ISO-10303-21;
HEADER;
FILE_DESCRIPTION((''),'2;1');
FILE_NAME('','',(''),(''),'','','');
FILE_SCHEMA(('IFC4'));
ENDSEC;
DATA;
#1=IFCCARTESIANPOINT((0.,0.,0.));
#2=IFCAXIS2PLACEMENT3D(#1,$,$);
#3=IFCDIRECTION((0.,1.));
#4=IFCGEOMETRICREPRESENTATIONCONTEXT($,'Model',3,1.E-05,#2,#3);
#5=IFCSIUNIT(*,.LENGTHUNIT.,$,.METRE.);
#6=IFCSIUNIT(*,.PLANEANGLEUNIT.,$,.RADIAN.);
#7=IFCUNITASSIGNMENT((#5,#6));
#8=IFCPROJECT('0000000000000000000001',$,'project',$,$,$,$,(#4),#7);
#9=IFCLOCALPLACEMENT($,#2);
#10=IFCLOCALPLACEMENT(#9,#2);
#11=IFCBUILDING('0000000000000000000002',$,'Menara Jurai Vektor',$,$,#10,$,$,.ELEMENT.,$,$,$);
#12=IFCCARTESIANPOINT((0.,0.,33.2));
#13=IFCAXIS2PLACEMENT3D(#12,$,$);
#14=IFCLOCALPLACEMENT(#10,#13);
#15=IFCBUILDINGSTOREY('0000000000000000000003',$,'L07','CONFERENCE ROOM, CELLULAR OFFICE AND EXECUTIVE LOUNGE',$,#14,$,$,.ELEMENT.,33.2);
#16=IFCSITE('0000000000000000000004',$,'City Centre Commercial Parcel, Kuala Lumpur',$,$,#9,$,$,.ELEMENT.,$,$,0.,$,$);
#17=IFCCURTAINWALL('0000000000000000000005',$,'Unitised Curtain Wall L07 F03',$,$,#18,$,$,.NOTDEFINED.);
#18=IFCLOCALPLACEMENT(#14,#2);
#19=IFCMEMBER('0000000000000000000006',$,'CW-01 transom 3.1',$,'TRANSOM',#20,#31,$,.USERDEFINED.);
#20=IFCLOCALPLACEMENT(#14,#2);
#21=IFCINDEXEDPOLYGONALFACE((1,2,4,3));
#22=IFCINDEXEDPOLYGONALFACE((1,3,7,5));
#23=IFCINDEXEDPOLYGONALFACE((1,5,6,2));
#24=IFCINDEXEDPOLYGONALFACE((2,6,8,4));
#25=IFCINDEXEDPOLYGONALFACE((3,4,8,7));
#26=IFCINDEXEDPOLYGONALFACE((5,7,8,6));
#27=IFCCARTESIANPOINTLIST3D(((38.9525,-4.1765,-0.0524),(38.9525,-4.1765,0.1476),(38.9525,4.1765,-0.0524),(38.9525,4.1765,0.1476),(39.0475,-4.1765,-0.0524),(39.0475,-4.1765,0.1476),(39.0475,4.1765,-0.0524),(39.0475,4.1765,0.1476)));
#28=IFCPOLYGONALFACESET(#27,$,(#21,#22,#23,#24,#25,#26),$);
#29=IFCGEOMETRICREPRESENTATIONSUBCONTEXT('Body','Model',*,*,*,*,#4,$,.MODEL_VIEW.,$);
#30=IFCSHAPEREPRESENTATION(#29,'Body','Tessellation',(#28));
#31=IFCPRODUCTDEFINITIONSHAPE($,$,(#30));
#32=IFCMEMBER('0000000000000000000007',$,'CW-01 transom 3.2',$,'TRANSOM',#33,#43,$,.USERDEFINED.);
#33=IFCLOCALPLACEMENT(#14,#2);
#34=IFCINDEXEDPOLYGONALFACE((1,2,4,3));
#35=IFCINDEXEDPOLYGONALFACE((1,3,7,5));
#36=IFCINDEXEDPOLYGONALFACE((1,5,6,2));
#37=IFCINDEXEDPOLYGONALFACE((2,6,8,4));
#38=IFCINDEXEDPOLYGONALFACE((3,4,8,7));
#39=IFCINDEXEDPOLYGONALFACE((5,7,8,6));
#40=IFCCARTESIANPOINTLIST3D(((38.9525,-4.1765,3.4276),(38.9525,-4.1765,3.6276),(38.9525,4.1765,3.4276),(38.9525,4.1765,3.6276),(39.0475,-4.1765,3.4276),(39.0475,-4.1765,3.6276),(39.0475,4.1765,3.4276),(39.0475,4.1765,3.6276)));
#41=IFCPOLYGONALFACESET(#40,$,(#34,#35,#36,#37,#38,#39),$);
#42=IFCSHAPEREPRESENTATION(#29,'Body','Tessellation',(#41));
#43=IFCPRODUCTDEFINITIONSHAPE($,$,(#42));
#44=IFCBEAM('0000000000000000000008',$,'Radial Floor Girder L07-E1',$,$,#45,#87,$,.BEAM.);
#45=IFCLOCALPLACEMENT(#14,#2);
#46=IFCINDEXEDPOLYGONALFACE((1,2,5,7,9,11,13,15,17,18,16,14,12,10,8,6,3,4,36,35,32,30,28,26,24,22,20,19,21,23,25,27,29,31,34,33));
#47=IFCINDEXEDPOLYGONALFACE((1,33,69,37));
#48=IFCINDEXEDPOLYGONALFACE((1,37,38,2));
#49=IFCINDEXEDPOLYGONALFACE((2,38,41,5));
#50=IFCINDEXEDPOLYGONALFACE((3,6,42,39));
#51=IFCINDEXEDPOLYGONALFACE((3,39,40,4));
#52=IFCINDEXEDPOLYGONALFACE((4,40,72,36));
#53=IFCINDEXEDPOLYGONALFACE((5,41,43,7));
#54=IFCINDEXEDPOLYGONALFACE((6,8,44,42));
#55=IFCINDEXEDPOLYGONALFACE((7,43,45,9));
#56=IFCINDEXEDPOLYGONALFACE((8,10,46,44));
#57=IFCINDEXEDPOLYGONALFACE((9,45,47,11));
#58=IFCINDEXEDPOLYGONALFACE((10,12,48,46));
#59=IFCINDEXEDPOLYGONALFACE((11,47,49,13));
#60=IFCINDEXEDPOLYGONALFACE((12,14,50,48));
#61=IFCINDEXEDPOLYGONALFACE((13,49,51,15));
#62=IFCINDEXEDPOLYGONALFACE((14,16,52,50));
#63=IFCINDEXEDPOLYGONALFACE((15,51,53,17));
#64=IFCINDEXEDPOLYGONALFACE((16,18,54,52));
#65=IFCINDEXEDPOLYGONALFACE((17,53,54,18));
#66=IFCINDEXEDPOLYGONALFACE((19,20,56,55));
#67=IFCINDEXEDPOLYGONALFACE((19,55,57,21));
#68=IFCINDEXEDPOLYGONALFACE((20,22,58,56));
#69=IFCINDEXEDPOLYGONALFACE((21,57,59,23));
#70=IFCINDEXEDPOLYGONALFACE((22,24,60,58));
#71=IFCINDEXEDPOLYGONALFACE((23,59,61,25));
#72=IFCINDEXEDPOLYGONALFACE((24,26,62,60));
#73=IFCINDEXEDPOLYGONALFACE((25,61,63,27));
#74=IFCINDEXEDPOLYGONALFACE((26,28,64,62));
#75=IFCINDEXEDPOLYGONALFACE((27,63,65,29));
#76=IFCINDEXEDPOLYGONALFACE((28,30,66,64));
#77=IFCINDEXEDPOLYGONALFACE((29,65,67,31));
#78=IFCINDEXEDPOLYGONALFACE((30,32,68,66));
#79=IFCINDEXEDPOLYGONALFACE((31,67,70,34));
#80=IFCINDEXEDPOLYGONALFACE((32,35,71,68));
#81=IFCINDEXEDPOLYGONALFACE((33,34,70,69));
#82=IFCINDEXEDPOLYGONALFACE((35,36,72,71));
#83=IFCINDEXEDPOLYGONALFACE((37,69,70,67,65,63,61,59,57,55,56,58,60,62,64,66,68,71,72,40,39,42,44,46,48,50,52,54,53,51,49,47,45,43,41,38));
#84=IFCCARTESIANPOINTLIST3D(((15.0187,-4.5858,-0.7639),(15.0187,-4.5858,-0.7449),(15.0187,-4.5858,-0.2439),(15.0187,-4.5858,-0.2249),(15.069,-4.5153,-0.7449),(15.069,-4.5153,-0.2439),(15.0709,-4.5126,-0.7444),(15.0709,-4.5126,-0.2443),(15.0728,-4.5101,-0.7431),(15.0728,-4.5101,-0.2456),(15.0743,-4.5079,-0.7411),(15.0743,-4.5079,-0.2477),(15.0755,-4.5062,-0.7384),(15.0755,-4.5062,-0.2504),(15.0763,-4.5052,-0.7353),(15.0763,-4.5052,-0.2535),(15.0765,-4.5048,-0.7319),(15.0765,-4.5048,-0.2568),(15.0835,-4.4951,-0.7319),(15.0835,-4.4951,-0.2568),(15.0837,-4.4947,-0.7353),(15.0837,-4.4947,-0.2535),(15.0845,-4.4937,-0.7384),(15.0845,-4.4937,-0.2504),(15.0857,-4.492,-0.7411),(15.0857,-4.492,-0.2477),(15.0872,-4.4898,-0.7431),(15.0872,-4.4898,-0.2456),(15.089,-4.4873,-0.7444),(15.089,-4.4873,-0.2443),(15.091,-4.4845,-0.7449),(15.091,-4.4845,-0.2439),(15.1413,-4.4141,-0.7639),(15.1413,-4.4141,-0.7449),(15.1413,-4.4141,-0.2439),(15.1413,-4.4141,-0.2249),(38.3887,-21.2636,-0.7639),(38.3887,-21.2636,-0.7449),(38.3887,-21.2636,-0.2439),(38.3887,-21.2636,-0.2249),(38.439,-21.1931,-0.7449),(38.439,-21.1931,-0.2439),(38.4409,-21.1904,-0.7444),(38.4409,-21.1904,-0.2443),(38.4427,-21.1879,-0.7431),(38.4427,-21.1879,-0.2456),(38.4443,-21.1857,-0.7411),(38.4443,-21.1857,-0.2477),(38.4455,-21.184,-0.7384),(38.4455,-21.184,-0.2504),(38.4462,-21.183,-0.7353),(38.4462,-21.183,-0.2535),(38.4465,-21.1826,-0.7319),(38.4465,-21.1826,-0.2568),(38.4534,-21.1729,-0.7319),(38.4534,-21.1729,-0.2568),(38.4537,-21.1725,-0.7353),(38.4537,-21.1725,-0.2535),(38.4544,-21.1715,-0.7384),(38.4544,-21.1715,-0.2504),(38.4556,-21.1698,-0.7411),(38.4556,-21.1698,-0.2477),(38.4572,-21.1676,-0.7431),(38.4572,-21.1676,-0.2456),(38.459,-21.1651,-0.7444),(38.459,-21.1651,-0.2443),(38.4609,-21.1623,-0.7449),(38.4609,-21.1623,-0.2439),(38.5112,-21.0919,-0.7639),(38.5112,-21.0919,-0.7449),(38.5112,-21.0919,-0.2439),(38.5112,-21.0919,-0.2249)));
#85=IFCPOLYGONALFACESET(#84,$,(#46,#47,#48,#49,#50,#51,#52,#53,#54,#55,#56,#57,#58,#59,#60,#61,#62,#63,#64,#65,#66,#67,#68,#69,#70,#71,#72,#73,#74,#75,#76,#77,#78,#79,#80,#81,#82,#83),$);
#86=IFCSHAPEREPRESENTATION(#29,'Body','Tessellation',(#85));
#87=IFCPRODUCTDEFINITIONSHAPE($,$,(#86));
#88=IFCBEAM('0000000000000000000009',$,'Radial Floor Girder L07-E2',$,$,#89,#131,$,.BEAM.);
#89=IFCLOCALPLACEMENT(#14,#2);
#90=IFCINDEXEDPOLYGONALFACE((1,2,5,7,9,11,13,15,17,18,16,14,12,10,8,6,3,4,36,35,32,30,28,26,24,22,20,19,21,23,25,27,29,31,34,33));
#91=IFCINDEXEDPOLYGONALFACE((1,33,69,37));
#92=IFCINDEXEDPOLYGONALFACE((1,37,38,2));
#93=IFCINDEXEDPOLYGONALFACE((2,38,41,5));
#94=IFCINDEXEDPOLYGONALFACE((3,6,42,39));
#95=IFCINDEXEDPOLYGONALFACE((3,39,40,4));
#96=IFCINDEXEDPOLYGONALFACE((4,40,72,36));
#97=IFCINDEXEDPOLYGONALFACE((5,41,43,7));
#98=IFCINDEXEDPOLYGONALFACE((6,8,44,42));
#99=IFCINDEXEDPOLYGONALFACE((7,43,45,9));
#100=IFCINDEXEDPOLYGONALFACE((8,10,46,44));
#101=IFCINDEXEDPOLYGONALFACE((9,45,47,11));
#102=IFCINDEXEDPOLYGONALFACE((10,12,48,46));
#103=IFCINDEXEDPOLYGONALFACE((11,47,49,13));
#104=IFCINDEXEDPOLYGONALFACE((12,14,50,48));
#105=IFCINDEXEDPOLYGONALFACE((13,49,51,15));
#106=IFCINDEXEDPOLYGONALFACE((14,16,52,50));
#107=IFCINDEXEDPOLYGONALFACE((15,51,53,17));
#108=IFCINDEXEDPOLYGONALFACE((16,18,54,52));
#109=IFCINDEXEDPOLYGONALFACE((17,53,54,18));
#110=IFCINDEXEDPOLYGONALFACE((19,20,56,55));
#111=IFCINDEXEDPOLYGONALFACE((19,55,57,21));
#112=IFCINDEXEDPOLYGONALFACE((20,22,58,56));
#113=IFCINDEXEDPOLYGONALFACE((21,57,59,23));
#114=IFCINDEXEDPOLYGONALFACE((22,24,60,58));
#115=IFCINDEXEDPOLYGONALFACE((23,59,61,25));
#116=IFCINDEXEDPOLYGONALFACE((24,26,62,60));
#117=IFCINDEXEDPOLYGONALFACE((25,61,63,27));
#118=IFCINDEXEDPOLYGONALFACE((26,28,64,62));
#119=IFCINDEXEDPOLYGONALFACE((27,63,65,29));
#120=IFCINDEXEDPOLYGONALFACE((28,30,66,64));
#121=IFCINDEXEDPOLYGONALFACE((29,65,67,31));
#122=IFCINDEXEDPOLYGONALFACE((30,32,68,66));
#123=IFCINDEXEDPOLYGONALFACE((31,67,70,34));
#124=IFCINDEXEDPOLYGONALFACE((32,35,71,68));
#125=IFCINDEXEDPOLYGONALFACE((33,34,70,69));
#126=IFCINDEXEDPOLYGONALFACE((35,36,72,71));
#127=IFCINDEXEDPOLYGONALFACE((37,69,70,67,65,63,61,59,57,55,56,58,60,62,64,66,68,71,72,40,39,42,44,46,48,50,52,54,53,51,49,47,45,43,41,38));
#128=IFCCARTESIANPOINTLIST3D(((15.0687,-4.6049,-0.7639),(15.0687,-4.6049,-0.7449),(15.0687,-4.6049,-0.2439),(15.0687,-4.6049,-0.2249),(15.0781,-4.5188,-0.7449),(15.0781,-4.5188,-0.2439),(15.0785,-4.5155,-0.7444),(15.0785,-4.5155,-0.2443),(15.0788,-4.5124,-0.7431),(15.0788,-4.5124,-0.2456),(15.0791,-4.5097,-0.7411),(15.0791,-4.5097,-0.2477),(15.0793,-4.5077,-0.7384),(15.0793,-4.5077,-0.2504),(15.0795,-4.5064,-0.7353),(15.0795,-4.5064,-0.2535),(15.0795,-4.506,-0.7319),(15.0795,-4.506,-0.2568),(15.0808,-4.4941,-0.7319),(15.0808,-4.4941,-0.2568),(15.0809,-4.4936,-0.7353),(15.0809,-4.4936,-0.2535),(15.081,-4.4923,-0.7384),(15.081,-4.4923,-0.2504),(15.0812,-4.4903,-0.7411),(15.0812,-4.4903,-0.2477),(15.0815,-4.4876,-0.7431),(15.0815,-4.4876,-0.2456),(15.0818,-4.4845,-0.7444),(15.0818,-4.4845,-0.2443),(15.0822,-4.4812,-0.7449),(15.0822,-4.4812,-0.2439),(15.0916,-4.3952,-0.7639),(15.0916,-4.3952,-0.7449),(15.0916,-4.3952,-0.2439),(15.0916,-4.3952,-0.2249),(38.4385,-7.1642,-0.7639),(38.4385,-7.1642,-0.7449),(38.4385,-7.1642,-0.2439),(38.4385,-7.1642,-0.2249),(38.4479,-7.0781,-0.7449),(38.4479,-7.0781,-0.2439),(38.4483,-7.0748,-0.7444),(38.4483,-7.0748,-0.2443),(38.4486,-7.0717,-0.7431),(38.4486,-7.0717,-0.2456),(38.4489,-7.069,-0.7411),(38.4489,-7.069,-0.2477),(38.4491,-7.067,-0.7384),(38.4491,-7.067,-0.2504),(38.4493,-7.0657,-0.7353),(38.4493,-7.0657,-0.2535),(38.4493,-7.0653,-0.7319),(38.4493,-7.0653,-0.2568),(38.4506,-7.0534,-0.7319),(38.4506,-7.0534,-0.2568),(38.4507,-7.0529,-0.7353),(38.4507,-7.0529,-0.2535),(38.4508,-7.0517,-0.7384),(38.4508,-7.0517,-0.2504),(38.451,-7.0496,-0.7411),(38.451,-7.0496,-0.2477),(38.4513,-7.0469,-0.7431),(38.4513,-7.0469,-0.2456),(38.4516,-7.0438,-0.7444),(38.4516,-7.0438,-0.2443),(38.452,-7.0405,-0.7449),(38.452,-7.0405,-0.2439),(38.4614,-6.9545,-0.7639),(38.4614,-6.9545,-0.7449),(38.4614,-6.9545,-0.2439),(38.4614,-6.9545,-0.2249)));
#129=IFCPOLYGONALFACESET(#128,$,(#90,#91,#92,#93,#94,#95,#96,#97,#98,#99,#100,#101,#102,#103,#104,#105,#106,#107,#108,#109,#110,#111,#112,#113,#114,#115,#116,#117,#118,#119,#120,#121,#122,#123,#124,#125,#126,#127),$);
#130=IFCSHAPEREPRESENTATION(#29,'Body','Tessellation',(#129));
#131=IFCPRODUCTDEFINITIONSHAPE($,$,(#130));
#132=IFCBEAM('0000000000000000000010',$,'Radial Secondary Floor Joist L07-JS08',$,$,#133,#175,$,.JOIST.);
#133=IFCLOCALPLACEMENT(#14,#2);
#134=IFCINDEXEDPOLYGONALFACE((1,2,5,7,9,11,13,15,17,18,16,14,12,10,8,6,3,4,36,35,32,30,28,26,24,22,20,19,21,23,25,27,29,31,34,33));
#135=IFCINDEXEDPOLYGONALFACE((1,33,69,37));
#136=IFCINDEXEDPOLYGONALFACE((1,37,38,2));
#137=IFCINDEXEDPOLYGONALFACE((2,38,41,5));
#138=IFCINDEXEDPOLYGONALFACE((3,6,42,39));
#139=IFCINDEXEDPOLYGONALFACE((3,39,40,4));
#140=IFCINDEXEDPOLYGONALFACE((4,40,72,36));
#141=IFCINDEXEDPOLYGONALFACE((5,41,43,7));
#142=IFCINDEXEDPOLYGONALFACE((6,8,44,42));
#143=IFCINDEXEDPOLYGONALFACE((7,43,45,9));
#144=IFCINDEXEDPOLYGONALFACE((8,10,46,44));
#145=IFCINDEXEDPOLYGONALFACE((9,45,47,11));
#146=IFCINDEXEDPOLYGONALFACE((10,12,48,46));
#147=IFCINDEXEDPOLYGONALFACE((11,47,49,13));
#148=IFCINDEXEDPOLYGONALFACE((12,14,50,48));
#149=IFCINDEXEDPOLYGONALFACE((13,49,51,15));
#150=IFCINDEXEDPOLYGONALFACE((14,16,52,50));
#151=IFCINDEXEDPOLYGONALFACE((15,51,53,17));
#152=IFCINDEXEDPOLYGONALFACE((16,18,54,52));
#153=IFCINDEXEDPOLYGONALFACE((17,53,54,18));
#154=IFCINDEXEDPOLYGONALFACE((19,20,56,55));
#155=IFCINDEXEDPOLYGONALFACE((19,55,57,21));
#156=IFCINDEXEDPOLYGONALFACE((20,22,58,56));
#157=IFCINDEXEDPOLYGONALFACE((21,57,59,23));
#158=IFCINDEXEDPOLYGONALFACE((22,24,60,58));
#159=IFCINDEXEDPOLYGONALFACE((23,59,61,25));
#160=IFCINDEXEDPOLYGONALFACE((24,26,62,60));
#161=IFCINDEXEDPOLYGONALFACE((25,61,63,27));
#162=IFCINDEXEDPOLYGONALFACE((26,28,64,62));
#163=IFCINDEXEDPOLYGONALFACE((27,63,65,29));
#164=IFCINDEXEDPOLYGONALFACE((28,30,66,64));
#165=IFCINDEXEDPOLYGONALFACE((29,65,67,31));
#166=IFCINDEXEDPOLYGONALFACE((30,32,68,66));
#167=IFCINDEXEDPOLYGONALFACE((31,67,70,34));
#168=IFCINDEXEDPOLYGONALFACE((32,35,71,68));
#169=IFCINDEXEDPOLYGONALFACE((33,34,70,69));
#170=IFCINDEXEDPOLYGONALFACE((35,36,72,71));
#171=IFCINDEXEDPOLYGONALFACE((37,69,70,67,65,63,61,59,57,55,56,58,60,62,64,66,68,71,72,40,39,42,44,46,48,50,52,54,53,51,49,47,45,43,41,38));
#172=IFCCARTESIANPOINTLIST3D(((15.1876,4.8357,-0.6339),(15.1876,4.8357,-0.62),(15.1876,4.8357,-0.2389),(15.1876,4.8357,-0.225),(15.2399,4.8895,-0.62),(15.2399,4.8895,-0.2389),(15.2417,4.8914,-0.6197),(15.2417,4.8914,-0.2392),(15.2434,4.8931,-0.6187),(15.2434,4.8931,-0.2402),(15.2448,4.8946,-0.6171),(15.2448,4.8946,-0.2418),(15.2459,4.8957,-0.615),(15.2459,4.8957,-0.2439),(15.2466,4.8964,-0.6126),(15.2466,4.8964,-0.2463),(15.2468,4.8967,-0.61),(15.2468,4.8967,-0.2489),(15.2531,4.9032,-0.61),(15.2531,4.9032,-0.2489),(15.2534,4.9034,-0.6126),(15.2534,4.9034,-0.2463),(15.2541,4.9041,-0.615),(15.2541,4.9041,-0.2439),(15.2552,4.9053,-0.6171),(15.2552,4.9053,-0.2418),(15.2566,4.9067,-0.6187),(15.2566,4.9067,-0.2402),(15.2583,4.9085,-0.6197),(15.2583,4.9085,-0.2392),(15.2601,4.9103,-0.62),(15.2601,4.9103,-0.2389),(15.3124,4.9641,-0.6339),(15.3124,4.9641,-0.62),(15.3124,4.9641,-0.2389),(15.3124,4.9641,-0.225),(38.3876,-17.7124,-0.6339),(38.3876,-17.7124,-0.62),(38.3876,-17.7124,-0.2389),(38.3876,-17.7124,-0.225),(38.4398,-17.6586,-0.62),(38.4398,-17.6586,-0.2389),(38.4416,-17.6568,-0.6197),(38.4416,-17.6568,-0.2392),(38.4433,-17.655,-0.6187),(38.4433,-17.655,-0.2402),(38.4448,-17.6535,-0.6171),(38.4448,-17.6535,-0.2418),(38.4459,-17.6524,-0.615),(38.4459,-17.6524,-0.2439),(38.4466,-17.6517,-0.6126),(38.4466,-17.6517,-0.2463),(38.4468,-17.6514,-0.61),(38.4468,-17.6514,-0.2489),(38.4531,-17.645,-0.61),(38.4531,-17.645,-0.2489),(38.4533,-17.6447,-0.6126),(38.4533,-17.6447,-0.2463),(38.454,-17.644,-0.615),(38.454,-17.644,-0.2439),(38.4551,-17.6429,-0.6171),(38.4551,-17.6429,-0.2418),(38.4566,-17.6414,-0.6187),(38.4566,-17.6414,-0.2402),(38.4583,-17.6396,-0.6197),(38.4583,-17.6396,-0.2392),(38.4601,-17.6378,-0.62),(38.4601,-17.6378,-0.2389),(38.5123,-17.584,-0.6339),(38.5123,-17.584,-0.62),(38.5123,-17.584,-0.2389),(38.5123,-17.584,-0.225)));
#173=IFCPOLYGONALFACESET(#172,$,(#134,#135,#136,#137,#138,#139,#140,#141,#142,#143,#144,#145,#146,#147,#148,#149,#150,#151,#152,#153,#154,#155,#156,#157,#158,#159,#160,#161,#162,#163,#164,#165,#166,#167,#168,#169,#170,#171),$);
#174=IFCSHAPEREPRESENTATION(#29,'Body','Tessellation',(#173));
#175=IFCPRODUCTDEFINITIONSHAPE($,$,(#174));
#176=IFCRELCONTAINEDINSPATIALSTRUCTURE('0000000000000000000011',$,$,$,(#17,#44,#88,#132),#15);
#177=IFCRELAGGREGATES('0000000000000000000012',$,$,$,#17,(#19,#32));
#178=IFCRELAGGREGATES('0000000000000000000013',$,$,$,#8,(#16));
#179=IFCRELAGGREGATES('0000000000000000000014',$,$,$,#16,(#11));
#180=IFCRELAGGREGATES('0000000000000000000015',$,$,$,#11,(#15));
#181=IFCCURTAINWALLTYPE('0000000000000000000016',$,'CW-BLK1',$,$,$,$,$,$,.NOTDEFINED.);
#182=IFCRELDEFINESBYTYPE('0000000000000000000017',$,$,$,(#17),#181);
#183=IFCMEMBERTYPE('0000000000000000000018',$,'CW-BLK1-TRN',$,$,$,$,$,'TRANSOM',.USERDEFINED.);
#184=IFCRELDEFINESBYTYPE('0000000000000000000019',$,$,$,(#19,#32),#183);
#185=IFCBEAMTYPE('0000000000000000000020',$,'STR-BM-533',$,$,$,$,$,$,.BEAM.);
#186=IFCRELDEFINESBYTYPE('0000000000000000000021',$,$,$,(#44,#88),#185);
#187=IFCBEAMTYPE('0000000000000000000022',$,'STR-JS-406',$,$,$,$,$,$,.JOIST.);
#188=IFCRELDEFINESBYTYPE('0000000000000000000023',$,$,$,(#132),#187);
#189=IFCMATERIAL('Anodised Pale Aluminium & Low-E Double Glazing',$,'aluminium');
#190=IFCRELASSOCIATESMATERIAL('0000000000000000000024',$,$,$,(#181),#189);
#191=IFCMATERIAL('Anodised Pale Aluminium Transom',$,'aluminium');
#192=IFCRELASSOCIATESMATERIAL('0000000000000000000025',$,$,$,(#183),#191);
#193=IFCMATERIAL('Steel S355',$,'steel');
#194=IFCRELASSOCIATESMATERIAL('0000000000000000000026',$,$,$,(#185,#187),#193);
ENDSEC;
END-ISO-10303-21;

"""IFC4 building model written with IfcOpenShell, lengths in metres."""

from ifc_helpers import new_model, si_unit, direction, frame, origin, origin_2d, place, context, subcontext, project, spatial, rectangle, i_section, extrude, material, material_profile, profile_set, type_object, element, aggregate, save


model = new_model("IFC4")

# Units and contexts
model_context = context("Model", 3, precision=1e-05, world=origin(), true_north=direction((0.0, 1.0)))
body_context = subcontext(model_context, "Body", "Model", "MODEL_VIEW")
ifc_project = project(units=[si_unit("LENGTHUNIT", "METRE"), si_unit("PLANEANGLEUNIT", "RADIAN")], contexts=[model_context])

# Site, building, storey
site_placement = place(None, origin())
site = spatial("IfcSite", under=ifc_project, at=site_placement, Name="City Centre Commercial Parcel, Kuala Lumpur", CompositionType="ELEMENT", RefElevation=0.0)
building_placement = place(site_placement, origin())
building = spatial("IfcBuilding", under=site, at=building_placement, Name="Menara Jurai Vektor", CompositionType="ELEMENT")
storey_placement = place(building_placement, frame((0.0, 0.0, 33.2)))
storey = spatial("IfcBuildingStorey", under=building, at=storey_placement, Name="L07", Description="CONFERENCE ROOM, CELLULAR OFFICE AND EXECUTIVE LOUNGE", CompositionType="ELEMENT", Elevation=33.2)

# Curtain wall, members
ifc_material_1 = material(Name="Anodised Pale Aluminium & Low-E Double Glazing", Category="aluminium")
curtain_wall_type = type_object("IfcCurtainWallType", Name="CW-BLK1", PredefinedType="NOTDEFINED", material=ifc_material_1)
curtain_wall_placement = place(storey_placement, origin())
curtain_wall = element("IfcCurtainWall", 1, at=curtain_wall_placement, inside=storey, type_object=curtain_wall_type, Name="Unitised Curtain Wall L07 F03", PredefinedType="NOTDEFINED")
ifc_material_2 = material(Name="Anodised Pale Aluminium Transom", Category="aluminium")
ifc_material_profile_1 = material_profile(ifc_material_2, rectangle(XDim=0.095, YDim=0.2, at=origin_2d()), Name="ALU TRN 95x200")
ifc_profile_set_1 = profile_set([ifc_material_profile_1], Name="Anodised Pale Aluminium Transom")
member_type_1 = type_object("IfcMemberType", Name="CW-BLK1-TRN", ElementType="TRANSOM", PredefinedType="USERDEFINED", material=ifc_profile_set_1)
member_1_placement = place(storey_placement, frame((39.0, -4.1765, 0.0476), z_axis=(0.0, 1.0, 0.0), x_axis=(-1.0, 0.0, 0.0)))
member_1 = element("IfcMember", 2, at=member_1_placement, type_object=member_type_1, Name="CW-01 transom 3.1", ObjectType="TRANSOM", PredefinedType="USERDEFINED", context=body_context, shape_type="SweptSolid", body=[
    extrude(rectangle(XDim=0.095, YDim=0.2, at=origin_2d()), origin(), (0.0, 0.0, 1.0), 8.353),
])
member_2_placement = place(storey_placement, frame((39.0, -4.1765, 3.5276), z_axis=(0.0, 1.0, 0.0), x_axis=(-1.0, 0.0, 0.0)))
member_2 = element("IfcMember", 3, at=member_2_placement, type_object=member_type_1, Name="CW-01 transom 3.2", ObjectType="TRANSOM", PredefinedType="USERDEFINED", context=body_context, shape_type="SweptSolid", body=[
    extrude(rectangle(XDim=0.095, YDim=0.2, at=origin_2d()), origin(), (0.0, 0.0, 1.0), 8.353),
])

# Beams
ifc_material_3 = material(Name="Steel S355", Category="steel")
ifc_material_profile_2 = material_profile(ifc_material_3, i_section(OverallWidth=0.2109, OverallDepth=0.5391, WebThickness=0.012, FlangeThickness=0.019, FilletRadius=0.0129, at=origin_2d()), Name="UKB 533x210x109")
ifc_profile_set_2 = profile_set([ifc_material_profile_2], Name="Steel S355")
beam_type_1 = type_object("IfcBeamType", Name="STR-BM-533", PredefinedType="BEAM", material=ifc_profile_set_2)
beam_1_placement = place(storey_placement, frame((38.45, -21.1777, -0.4944), z_axis=(-0.813981, 0.580891, 0.0), x_axis=(-0.580891, -0.813981, 0.0)))
element("IfcBeam", 4, at=beam_1_placement, inside=storey, type_object=beam_type_1, Name="Radial Floor Girder L07-E1", PredefinedType="BEAM", context=body_context, shape_type="SweptSolid", body=[
    extrude(i_section(OverallWidth=0.2109, OverallDepth=0.5391, WebThickness=0.012, FlangeThickness=0.019, FilletRadius=0.0129, at=origin_2d()), origin(), (0.0, 0.0, 1.0), 28.7107),
])
beam_2_placement = place(storey_placement, frame((38.45, -7.0593, -0.4944), z_axis=(-0.994057, 0.108863, 0.0), x_axis=(-0.108863, -0.994057, 0.0)))
element("IfcBeam", 5, at=beam_2_placement, inside=storey, type_object=beam_type_1, Name="Radial Floor Girder L07-E2", PredefinedType="BEAM", context=body_context, shape_type="SweptSolid", body=[
    extrude(i_section(OverallWidth=0.2109, OverallDepth=0.5391, WebThickness=0.012, FlangeThickness=0.019, FilletRadius=0.0129, at=origin_2d()), origin(), (0.0, 0.0, 1.0), 23.5095),
])
ifc_material_profile_3 = material_profile(ifc_material_3, i_section(OverallWidth=0.179, OverallDepth=0.4089, WebThickness=0.009, FlangeThickness=0.0139, FilletRadius=0.01, at=origin_2d()), Name="UKB 406x178x67")
ifc_profile_set_3 = profile_set([ifc_material_profile_3], Name="Steel S355")
beam_type_2 = type_object("IfcBeamType", Name="STR-JS-406", PredefinedType="JOIST", material=ifc_profile_set_3)
beam_3_placement = place(storey_placement, frame((38.45, -17.6482, -0.4294), z_axis=(-0.717109, 0.696961, 0.0), x_axis=(-0.696961, -0.717109, 0.0)))
element("IfcBeam", 6, at=beam_3_placement, inside=storey, type_object=beam_type_2, Name="Radial Secondary Floor Joist L07-JS08", PredefinedType="JOIST", context=body_context, shape_type="SweptSolid", body=[
    extrude(i_section(OverallWidth=0.179, OverallDepth=0.4089, WebThickness=0.009, FlangeThickness=0.0139, FilletRadius=0.01, at=origin_2d()), origin(), (0.0, 0.0, 1.0), 32.3521),
])

aggregate(curtain_wall, [member_1, member_2])

save(model, "model.ifc")
